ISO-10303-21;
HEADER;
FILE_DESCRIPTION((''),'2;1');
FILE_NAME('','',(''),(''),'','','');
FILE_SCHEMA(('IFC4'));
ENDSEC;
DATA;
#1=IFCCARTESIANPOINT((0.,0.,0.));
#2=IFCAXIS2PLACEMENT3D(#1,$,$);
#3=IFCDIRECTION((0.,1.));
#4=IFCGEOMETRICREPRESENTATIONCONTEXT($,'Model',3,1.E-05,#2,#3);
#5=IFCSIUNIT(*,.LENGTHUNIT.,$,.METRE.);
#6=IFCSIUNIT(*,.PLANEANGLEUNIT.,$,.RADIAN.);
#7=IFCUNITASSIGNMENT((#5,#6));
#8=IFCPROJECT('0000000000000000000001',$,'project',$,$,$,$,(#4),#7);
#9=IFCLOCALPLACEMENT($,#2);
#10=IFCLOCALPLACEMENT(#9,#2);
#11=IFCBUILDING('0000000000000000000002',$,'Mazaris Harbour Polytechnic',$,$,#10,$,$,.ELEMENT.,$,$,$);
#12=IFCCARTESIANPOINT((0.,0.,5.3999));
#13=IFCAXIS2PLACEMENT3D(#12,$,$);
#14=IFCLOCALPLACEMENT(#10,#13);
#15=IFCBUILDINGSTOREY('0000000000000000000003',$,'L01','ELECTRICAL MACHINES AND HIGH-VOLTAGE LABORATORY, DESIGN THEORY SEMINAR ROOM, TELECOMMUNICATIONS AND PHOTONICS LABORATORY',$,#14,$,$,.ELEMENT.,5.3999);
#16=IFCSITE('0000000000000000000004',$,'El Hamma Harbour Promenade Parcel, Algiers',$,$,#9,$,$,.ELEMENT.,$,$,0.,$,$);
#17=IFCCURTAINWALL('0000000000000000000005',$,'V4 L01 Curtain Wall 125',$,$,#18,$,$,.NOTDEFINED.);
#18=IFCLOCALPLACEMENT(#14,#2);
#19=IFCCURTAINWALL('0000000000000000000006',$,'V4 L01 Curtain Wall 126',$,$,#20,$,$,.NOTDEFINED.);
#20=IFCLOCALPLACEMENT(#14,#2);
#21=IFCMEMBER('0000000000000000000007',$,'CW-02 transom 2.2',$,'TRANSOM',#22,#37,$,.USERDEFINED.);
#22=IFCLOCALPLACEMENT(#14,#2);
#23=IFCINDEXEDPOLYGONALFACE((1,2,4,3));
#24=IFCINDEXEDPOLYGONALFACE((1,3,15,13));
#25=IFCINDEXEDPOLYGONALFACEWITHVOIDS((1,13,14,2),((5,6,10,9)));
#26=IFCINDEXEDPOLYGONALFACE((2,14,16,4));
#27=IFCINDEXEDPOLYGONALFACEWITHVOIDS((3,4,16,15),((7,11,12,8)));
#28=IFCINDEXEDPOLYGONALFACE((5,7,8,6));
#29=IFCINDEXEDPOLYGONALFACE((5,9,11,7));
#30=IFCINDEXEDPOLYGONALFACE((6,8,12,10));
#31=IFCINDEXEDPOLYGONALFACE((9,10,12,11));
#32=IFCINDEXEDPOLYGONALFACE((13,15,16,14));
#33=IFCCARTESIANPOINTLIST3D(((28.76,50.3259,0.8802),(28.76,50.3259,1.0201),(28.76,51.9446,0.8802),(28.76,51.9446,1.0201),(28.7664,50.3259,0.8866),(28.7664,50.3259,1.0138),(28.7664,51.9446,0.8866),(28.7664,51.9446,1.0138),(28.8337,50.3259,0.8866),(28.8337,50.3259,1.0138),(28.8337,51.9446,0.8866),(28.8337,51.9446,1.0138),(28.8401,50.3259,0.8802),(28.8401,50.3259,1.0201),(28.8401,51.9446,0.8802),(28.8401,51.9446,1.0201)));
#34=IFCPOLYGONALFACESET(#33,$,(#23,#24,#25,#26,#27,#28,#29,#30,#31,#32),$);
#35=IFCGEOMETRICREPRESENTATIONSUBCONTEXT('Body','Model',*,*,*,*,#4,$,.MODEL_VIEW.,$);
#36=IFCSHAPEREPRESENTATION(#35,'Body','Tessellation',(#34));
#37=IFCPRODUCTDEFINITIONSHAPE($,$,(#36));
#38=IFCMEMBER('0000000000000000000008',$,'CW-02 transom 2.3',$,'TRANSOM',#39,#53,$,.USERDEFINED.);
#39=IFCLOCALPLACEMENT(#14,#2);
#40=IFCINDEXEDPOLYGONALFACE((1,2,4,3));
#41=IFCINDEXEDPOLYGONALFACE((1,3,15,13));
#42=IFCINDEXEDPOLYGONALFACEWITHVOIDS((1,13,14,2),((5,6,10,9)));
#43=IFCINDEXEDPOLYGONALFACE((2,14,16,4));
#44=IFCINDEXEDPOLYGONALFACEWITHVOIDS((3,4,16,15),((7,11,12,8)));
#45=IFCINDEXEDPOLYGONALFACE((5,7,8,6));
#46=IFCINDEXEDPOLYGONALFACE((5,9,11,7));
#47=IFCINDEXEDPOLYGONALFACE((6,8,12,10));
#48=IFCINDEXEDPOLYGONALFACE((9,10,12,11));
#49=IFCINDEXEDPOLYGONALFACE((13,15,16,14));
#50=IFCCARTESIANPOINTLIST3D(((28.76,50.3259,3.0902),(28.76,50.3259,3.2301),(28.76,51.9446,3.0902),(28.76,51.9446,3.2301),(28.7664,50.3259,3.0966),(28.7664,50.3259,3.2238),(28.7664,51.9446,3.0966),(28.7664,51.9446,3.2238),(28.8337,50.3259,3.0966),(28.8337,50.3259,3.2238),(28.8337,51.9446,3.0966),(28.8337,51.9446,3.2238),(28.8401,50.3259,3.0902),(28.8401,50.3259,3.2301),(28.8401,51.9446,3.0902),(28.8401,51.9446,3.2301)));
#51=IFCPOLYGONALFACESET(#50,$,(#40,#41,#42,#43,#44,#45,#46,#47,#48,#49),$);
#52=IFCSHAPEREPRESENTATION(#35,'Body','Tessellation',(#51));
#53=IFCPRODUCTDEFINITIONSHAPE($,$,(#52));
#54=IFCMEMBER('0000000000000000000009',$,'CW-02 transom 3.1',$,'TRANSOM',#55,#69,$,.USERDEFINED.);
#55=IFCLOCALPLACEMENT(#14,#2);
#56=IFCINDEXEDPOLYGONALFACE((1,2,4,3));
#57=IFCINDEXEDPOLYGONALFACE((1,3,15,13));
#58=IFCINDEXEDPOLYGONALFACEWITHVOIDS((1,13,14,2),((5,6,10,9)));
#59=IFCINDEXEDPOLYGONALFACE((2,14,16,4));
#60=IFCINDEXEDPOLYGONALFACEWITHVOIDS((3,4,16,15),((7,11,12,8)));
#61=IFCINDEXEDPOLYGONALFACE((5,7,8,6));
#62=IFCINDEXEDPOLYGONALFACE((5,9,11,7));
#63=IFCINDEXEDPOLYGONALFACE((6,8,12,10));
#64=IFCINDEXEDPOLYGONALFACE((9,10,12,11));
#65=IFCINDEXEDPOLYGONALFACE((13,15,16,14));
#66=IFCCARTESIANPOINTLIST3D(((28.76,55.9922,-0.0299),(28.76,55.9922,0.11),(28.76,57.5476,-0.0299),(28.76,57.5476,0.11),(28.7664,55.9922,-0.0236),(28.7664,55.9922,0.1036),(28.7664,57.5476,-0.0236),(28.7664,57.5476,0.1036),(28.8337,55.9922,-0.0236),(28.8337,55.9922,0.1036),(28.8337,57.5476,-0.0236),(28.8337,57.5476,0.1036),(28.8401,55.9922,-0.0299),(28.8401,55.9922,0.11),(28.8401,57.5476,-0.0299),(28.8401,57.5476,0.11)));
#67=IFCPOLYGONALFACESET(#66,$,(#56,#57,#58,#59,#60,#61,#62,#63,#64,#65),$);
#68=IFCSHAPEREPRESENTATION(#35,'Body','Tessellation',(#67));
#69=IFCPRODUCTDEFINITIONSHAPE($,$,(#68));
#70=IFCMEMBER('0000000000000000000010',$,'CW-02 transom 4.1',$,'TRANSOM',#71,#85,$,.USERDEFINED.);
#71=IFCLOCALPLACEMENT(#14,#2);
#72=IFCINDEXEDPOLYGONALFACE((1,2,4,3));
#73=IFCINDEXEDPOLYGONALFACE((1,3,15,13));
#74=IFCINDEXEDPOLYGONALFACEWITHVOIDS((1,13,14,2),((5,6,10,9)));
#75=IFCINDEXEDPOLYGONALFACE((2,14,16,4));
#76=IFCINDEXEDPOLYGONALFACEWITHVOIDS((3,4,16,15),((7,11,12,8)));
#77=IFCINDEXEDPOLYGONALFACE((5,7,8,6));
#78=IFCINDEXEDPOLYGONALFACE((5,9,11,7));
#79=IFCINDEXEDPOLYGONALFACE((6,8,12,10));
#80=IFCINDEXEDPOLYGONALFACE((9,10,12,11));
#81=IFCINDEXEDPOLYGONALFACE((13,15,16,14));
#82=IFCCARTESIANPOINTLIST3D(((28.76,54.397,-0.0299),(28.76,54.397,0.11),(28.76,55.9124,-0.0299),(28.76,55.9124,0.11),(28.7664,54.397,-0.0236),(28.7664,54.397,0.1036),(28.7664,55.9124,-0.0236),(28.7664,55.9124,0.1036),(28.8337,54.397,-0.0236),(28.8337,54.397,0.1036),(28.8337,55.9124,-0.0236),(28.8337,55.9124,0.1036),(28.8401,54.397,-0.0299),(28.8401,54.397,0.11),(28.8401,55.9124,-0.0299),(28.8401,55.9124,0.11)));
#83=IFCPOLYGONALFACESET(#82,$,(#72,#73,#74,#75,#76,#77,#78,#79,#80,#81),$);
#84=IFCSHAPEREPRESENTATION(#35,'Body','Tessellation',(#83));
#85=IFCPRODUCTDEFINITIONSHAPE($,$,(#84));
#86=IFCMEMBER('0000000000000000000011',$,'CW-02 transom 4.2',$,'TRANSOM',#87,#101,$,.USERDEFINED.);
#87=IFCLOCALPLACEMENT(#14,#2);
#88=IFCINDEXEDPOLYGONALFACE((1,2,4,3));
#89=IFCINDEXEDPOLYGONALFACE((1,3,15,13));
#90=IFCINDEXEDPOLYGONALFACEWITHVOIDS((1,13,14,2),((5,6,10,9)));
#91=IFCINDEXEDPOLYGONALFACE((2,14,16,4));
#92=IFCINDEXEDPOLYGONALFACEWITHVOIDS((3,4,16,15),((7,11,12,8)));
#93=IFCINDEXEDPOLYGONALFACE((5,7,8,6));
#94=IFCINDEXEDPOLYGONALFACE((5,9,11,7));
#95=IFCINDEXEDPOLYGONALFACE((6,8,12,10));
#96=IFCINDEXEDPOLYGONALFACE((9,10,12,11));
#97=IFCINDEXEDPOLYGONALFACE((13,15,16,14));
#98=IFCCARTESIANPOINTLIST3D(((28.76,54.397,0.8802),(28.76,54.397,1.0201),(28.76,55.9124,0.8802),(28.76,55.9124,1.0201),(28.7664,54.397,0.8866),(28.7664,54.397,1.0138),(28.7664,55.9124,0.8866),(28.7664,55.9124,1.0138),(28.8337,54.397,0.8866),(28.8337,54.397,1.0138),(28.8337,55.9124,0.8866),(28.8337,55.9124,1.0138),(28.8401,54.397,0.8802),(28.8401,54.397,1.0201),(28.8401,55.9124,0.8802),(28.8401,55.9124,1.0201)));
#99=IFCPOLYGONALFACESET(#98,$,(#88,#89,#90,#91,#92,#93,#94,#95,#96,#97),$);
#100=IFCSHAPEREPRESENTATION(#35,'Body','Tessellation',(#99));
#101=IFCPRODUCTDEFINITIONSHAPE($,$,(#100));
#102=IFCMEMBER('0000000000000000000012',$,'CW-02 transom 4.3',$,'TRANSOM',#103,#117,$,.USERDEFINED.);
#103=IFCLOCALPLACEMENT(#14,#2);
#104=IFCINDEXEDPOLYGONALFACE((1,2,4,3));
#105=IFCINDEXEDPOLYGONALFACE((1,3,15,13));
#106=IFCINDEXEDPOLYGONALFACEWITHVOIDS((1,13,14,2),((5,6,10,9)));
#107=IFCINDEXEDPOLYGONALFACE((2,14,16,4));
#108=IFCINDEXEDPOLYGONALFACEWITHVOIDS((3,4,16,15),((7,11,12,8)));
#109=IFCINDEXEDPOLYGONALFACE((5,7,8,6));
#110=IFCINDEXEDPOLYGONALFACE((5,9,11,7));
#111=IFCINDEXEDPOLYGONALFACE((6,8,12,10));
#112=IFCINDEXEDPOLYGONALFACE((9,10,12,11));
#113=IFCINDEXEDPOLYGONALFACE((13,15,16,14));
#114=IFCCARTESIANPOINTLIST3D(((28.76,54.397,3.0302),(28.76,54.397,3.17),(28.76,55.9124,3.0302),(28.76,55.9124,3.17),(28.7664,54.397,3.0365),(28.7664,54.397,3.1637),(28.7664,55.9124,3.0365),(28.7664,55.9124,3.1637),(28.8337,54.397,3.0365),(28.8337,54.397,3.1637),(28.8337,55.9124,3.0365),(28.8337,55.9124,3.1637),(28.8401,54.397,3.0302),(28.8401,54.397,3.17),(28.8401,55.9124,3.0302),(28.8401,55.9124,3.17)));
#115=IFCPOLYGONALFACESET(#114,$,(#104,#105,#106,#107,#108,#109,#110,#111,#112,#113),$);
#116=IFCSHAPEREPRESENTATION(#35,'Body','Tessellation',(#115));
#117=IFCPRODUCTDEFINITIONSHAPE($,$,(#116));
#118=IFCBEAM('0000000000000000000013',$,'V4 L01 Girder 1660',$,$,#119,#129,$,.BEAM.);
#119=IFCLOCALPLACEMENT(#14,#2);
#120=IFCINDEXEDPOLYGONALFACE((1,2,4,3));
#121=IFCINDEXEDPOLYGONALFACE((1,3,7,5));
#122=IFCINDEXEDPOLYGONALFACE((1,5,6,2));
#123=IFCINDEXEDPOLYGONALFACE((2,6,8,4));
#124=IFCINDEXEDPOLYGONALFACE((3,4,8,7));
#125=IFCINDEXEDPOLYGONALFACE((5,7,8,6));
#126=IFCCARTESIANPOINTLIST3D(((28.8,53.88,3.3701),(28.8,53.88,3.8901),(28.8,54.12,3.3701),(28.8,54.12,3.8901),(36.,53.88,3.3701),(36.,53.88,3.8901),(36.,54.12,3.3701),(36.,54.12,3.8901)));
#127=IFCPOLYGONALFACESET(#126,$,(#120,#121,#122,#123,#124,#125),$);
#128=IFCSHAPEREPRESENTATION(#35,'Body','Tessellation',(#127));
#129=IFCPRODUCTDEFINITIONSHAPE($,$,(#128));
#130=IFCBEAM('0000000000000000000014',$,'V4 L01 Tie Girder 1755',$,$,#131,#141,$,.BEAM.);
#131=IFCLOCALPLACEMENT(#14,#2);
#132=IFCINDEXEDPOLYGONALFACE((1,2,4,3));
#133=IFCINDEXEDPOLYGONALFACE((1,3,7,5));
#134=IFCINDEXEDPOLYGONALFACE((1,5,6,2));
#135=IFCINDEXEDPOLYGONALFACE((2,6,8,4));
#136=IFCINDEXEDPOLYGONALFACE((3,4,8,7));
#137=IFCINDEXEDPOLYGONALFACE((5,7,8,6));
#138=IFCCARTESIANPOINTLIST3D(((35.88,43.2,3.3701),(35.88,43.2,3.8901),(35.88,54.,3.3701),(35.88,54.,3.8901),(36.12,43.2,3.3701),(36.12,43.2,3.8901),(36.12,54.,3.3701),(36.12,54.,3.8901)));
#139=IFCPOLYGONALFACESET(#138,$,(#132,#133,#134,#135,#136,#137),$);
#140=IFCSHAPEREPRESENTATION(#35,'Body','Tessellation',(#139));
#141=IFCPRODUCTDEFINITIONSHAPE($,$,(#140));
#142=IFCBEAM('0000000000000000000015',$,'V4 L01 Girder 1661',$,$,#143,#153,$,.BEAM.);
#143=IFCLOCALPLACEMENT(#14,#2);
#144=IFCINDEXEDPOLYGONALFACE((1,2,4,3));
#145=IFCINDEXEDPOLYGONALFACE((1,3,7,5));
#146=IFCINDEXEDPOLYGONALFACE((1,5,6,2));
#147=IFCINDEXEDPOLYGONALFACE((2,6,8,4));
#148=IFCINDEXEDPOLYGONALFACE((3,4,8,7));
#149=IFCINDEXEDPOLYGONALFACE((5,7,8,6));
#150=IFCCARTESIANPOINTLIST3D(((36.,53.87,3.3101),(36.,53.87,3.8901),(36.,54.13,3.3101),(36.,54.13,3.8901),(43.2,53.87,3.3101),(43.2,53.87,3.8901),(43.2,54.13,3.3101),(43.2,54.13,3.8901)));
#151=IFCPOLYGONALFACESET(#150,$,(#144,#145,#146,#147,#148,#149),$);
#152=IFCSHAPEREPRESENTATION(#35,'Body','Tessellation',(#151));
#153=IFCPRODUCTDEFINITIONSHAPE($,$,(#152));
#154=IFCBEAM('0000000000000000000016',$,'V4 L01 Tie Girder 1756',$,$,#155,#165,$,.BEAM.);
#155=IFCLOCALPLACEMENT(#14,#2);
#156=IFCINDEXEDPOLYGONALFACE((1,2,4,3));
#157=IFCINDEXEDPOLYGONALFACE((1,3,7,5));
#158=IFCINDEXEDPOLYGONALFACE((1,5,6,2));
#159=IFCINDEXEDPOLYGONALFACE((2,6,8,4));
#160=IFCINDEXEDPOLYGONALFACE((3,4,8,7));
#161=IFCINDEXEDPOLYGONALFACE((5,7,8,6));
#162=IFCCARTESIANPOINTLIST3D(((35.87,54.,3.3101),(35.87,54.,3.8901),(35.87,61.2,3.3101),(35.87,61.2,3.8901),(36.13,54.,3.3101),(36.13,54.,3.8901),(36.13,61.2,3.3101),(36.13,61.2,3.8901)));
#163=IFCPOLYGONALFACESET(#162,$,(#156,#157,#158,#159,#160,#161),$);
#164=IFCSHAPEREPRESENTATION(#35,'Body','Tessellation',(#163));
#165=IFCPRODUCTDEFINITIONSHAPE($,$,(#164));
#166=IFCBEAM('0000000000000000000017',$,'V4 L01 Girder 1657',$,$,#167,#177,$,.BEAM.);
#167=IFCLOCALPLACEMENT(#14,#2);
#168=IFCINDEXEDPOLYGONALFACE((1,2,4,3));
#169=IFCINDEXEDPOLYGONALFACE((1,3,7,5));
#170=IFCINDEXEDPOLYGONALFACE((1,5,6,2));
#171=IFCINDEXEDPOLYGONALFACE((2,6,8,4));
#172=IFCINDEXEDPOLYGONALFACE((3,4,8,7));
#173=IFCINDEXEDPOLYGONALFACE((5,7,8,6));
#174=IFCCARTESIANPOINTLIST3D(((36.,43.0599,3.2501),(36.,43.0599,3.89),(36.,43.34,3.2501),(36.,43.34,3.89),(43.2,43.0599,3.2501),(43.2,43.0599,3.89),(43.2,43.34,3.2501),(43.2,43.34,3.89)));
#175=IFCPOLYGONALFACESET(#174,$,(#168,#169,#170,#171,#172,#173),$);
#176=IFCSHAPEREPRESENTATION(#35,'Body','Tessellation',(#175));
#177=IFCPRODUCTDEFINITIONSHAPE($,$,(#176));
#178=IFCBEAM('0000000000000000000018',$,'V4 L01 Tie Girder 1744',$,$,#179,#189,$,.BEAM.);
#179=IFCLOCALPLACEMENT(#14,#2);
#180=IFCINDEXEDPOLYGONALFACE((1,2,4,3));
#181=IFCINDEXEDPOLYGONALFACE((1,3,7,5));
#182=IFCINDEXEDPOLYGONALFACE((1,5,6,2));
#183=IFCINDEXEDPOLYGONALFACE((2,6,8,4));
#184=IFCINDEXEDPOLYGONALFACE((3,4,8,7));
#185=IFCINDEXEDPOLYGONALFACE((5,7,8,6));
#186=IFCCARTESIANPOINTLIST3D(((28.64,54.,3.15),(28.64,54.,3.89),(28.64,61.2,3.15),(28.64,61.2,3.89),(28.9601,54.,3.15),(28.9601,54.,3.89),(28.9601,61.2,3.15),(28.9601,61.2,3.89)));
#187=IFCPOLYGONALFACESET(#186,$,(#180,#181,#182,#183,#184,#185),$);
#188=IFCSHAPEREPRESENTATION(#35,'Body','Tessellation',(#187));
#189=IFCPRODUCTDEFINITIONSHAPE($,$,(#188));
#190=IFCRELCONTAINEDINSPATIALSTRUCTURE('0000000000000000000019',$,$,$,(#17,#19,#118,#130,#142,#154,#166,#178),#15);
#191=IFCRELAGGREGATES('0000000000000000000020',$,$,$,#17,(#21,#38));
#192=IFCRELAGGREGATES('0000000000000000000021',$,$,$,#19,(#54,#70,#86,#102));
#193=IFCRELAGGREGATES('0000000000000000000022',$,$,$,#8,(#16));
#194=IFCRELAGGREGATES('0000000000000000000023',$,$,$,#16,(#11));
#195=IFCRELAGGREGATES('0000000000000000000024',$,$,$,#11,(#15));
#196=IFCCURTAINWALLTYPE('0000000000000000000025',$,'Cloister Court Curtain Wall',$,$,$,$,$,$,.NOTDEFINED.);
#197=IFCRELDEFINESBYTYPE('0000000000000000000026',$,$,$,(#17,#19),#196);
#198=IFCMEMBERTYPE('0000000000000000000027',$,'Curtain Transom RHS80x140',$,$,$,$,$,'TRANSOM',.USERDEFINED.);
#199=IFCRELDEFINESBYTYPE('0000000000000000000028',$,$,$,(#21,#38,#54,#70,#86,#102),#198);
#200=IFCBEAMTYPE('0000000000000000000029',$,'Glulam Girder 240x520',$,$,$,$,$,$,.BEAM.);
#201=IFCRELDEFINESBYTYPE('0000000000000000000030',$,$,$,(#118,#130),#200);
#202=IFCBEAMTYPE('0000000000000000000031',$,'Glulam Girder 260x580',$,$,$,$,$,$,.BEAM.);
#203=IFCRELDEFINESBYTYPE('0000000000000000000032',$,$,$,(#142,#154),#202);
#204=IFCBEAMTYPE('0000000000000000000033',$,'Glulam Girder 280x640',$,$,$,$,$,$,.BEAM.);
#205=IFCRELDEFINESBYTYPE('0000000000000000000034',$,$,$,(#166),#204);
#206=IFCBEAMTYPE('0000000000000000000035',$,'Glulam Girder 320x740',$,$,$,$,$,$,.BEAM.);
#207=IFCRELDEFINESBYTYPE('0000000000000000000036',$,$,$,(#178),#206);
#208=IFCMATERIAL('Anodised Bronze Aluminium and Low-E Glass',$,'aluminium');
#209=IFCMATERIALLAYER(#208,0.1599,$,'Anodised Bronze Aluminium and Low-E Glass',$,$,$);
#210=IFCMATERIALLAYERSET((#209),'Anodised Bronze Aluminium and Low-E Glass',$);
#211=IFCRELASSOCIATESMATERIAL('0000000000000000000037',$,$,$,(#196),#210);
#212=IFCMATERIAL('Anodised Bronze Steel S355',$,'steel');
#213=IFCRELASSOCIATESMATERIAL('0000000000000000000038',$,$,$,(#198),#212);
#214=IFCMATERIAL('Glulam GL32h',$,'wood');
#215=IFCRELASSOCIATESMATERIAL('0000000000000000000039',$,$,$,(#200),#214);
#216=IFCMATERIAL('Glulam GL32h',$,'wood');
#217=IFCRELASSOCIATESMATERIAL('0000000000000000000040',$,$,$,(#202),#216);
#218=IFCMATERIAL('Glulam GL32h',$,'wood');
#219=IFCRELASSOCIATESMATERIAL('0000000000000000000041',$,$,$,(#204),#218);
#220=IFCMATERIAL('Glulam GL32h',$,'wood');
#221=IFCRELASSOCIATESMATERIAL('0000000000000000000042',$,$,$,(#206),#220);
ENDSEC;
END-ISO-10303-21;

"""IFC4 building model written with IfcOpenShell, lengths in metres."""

from ifc_helpers import new_model, si_unit, direction, frame, origin, origin_2d, place, context, subcontext, project, spatial, rectangle, hollow_rectangle, extrude, material, layer, layer_set, material_profile, profile_set, type_object, element, aggregate, save


model = new_model("IFC4")

# Units and contexts
model_context = context("Model", 3, precision=1e-05, world=origin(), true_north=direction((0.0, 1.0)))
body_context = subcontext(model_context, "Body", "Model", "MODEL_VIEW")
ifc_project = project(units=[si_unit("LENGTHUNIT", "METRE"), si_unit("PLANEANGLEUNIT", "RADIAN")], contexts=[model_context])

# Site, building, storey
site_placement = place(None, origin())
site = spatial("IfcSite", under=ifc_project, at=site_placement, Name="El Hamma Harbour Promenade Parcel, Algiers", CompositionType="ELEMENT", RefElevation=0.0)
building_placement = place(site_placement, origin())
building = spatial("IfcBuilding", under=site, at=building_placement, Name="Mazaris Harbour Polytechnic", CompositionType="ELEMENT")
storey_placement = place(building_placement, frame((0.0, 0.0, 5.3999)))
storey = spatial("IfcBuildingStorey", under=building, at=storey_placement, Name="L01", Description="ELECTRICAL MACHINES AND HIGH-VOLTAGE LABORATORY, DESIGN THEORY SEMINAR ROOM, TELECOMMUNICATIONS AND PHOTONICS LABORATORY", CompositionType="ELEMENT", Elevation=5.3999)

# Curtain walls
ifc_material_1 = material(Name="Anodised Bronze Aluminium and Low-E Glass", Category="aluminium")
ifc_layer_1 = layer(ifc_material_1, 0.1599, Name="Anodised Bronze Aluminium and Low-E Glass")
ifc_layer_set_1 = layer_set([ifc_layer_1], Name="Anodised Bronze Aluminium and Low-E Glass")
curtain_wall_type = type_object("IfcCurtainWallType", Name="Cloister Court Curtain Wall", PredefinedType="NOTDEFINED", material=ifc_layer_set_1)
curtain_wall_1_placement = place(storey_placement, origin())
curtain_wall_1 = element("IfcCurtainWall", 1, at=curtain_wall_1_placement, inside=storey, type_object=curtain_wall_type, Name="V4 L01 Curtain Wall 125", PredefinedType="NOTDEFINED")
curtain_wall_2_placement = place(storey_placement, origin())
curtain_wall_2 = element("IfcCurtainWall", 2, at=curtain_wall_2_placement, inside=storey, type_object=curtain_wall_type, Name="V4 L01 Curtain Wall 126", PredefinedType="NOTDEFINED")

# Members
ifc_material_2 = material(Name="Anodised Bronze Steel S355", Category="steel")
ifc_material_profile_1 = material_profile(ifc_material_2, hollow_rectangle(XDim=0.0801, YDim=0.1399, WallThickness=0.0063, at=origin_2d()), Name="RHS 80x140x6.3")
ifc_profile_set_1 = profile_set([ifc_material_profile_1], Name="Anodised Bronze Steel S355")
member_type_1 = type_object("IfcMemberType", Name="Curtain Transom RHS80x140", ElementType="TRANSOM", PredefinedType="USERDEFINED", material=ifc_profile_set_1)
member_1_placement = place(storey_placement, frame((28.8, 51.9446, 0.9502), z_axis=(0.0, -1.0, 0.0), x_axis=(1.0, 0.0, 0.0)))
member_1 = element("IfcMember", 3, at=member_1_placement, type_object=member_type_1, Name="CW-02 transom 2.2", ObjectType="TRANSOM", PredefinedType="USERDEFINED", context=body_context, shape_type="SweptSolid", body=[
    extrude(hollow_rectangle(XDim=0.0801, YDim=0.1399, WallThickness=0.0063, at=origin_2d()), origin(), (0.0, 0.0, 1.0), 1.6187),
])
member_2_placement = place(storey_placement, frame((28.8, 51.9446, 3.1602), z_axis=(0.0, -1.0, 0.0), x_axis=(1.0, 0.0, 0.0)))
member_2 = element("IfcMember", 4, at=member_2_placement, type_object=member_type_1, Name="CW-02 transom 2.3", ObjectType="TRANSOM", PredefinedType="USERDEFINED", context=body_context, shape_type="SweptSolid", body=[
    extrude(hollow_rectangle(XDim=0.0801, YDim=0.1399, WallThickness=0.0063, at=origin_2d()), origin(), (0.0, 0.0, 1.0), 1.6187),
])
member_3_placement = place(storey_placement, frame((28.8, 57.5476, 0.04), z_axis=(0.0, -1.0, 0.0), x_axis=(1.0, 0.0, 0.0)))
member_3 = element("IfcMember", 5, at=member_3_placement, type_object=member_type_1, Name="CW-02 transom 3.1", ObjectType="TRANSOM", PredefinedType="USERDEFINED", context=body_context, shape_type="SweptSolid", body=[
    extrude(hollow_rectangle(XDim=0.0801, YDim=0.1399, WallThickness=0.0063, at=origin_2d()), origin(), (0.0, 0.0, 1.0), 1.5554),
])
member_4_placement = place(storey_placement, frame((28.8, 55.9124, 0.04), z_axis=(0.0, -1.0, 0.0), x_axis=(1.0, 0.0, 0.0)))
member_4 = element("IfcMember", 6, at=member_4_placement, type_object=member_type_1, Name="CW-02 transom 4.1", ObjectType="TRANSOM", PredefinedType="USERDEFINED", context=body_context, shape_type="SweptSolid", body=[
    extrude(hollow_rectangle(XDim=0.0801, YDim=0.1399, WallThickness=0.0063, at=origin_2d()), origin(), (0.0, 0.0, 1.0), 1.5154),
])
member_5_placement = place(storey_placement, frame((28.8, 55.9124, 0.9502), z_axis=(0.0, -1.0, 0.0), x_axis=(1.0, 0.0, 0.0)))
member_5 = element("IfcMember", 7, at=member_5_placement, type_object=member_type_1, Name="CW-02 transom 4.2", ObjectType="TRANSOM", PredefinedType="USERDEFINED", context=body_context, shape_type="SweptSolid", body=[
    extrude(hollow_rectangle(XDim=0.0801, YDim=0.1399, WallThickness=0.0063, at=origin_2d()), origin(), (0.0, 0.0, 1.0), 1.5154),
])
member_6_placement = place(storey_placement, frame((28.8, 55.9124, 3.1001), z_axis=(0.0, -1.0, 0.0), x_axis=(1.0, 0.0, 0.0)))
member_6 = element("IfcMember", 8, at=member_6_placement, type_object=member_type_1, Name="CW-02 transom 4.3", ObjectType="TRANSOM", PredefinedType="USERDEFINED", context=body_context, shape_type="SweptSolid", body=[
    extrude(hollow_rectangle(XDim=0.0801, YDim=0.1399, WallThickness=0.0063, at=origin_2d()), origin(), (0.0, 0.0, 1.0), 1.5154),
])

# Beams
ifc_material_3 = material(Name="Glulam GL32h", Category="wood")
ifc_material_profile_2 = material_profile(ifc_material_3, rectangle(XDim=0.24, YDim=0.52, at=origin_2d()), Name="RECT240x520")
ifc_profile_set_2 = profile_set([ifc_material_profile_2], Name="Glulam GL32h")
beam_type_1 = type_object("IfcBeamType", Name="Glulam Girder 240x520", PredefinedType="BEAM", material=ifc_profile_set_2)
beam_1_placement = place(storey_placement, frame((28.8, 54.0, 3.6301), z_axis=(1.0, 0.0, 0.0), x_axis=(0.0, 1.0, 0.0)))
element("IfcBeam", 9, at=beam_1_placement, inside=storey, type_object=beam_type_1, Name="V4 L01 Girder 1660", PredefinedType="BEAM", context=body_context, shape_type="SweptSolid", body=[
    extrude(rectangle(XDim=0.24, YDim=0.52, at=origin_2d()), origin(), (0.0, 0.0, 1.0), 7.2),
])
beam_2_placement = place(storey_placement, frame((36.0, 43.2, 3.6301), z_axis=(0.0, 1.0, 0.0), x_axis=(-1.0, 0.0, 0.0)))
element("IfcBeam", 10, at=beam_2_placement, inside=storey, type_object=beam_type_1, Name="V4 L01 Tie Girder 1755", PredefinedType="BEAM", context=body_context, shape_type="SweptSolid", body=[
    extrude(rectangle(XDim=0.24, YDim=0.52, at=origin_2d()), origin(), (0.0, 0.0, 1.0), 10.8),
])
ifc_material_4 = material(Name="Glulam GL32h", Category="wood")
ifc_material_profile_3 = material_profile(ifc_material_4, rectangle(XDim=0.26, YDim=0.5801, at=origin_2d()), Name="RECT260x580")
ifc_profile_set_3 = profile_set([ifc_material_profile_3], Name="Glulam GL32h")
beam_type_2 = type_object("IfcBeamType", Name="Glulam Girder 260x580", PredefinedType="BEAM", material=ifc_profile_set_3)
for number, where, z_axis, x_axis, name in (
    (11, (36.0, 54.0, 3.6001), (1.0, 0.0, 0.0), (0.0, 1.0, 0.0), "V4 L01 Girder 1661"),
    (12, (36.0, 54.0, 3.6001), (0.0, 1.0, 0.0), (-1.0, 0.0, 0.0), "V4 L01 Tie Girder 1756"),
):
    element("IfcBeam", number, at=place(storey_placement, frame(where, z_axis=z_axis, x_axis=x_axis)), inside=storey, type_object=beam_type_2, Name=name, PredefinedType="BEAM", context=body_context, shape_type="SweptSolid", body=[
        extrude(rectangle(XDim=0.26, YDim=0.5801, at=origin_2d()), origin(), (0.0, 0.0, 1.0), 7.2),
    ])
ifc_material_5 = material(Name="Glulam GL32h", Category="wood")
ifc_material_profile_4 = material_profile(ifc_material_5, rectangle(XDim=0.28, YDim=0.6399, at=origin_2d()), Name="RECT280x640")
ifc_profile_set_4 = profile_set([ifc_material_profile_4], Name="Glulam GL32h")
beam_type_3 = type_object("IfcBeamType", Name="Glulam Girder 280x640", PredefinedType="BEAM", material=ifc_profile_set_4)
beam_3_placement = place(storey_placement, frame((36.0, 43.2, 3.5701), z_axis=(1.0, 0.0, 0.0), x_axis=(0.0, 1.0, 0.0)))
element("IfcBeam", 13, at=beam_3_placement, inside=storey, type_object=beam_type_3, Name="V4 L01 Girder 1657", PredefinedType="BEAM", context=body_context, shape_type="SweptSolid", body=[
    extrude(rectangle(XDim=0.28, YDim=0.6399, at=origin_2d()), origin(), (0.0, 0.0, 1.0), 7.2),
])
ifc_material_6 = material(Name="Glulam GL32h", Category="wood")
ifc_material_profile_5 = material_profile(ifc_material_6, rectangle(XDim=0.3201, YDim=0.74, at=origin_2d()), Name="RECT320x740")
ifc_profile_set_5 = profile_set([ifc_material_profile_5], Name="Glulam GL32h")
beam_type_4 = type_object("IfcBeamType", Name="Glulam Girder 320x740", PredefinedType="BEAM", material=ifc_profile_set_5)
beam_4_placement = place(storey_placement, frame((28.8, 54.0, 3.52), z_axis=(0.0, 1.0, 0.0), x_axis=(-1.0, 0.0, 0.0)))
element("IfcBeam", 14, at=beam_4_placement, inside=storey, type_object=beam_type_4, Name="V4 L01 Tie Girder 1744", PredefinedType="BEAM", context=body_context, shape_type="SweptSolid", body=[
    extrude(rectangle(XDim=0.3201, YDim=0.74, at=origin_2d()), origin(), (0.0, 0.0, 1.0), 7.2),
])

aggregate(curtain_wall_1, [member_1, member_2])
aggregate(curtain_wall_2, [member_3, member_4, member_5, member_6])

save(model, "model.ifc")
